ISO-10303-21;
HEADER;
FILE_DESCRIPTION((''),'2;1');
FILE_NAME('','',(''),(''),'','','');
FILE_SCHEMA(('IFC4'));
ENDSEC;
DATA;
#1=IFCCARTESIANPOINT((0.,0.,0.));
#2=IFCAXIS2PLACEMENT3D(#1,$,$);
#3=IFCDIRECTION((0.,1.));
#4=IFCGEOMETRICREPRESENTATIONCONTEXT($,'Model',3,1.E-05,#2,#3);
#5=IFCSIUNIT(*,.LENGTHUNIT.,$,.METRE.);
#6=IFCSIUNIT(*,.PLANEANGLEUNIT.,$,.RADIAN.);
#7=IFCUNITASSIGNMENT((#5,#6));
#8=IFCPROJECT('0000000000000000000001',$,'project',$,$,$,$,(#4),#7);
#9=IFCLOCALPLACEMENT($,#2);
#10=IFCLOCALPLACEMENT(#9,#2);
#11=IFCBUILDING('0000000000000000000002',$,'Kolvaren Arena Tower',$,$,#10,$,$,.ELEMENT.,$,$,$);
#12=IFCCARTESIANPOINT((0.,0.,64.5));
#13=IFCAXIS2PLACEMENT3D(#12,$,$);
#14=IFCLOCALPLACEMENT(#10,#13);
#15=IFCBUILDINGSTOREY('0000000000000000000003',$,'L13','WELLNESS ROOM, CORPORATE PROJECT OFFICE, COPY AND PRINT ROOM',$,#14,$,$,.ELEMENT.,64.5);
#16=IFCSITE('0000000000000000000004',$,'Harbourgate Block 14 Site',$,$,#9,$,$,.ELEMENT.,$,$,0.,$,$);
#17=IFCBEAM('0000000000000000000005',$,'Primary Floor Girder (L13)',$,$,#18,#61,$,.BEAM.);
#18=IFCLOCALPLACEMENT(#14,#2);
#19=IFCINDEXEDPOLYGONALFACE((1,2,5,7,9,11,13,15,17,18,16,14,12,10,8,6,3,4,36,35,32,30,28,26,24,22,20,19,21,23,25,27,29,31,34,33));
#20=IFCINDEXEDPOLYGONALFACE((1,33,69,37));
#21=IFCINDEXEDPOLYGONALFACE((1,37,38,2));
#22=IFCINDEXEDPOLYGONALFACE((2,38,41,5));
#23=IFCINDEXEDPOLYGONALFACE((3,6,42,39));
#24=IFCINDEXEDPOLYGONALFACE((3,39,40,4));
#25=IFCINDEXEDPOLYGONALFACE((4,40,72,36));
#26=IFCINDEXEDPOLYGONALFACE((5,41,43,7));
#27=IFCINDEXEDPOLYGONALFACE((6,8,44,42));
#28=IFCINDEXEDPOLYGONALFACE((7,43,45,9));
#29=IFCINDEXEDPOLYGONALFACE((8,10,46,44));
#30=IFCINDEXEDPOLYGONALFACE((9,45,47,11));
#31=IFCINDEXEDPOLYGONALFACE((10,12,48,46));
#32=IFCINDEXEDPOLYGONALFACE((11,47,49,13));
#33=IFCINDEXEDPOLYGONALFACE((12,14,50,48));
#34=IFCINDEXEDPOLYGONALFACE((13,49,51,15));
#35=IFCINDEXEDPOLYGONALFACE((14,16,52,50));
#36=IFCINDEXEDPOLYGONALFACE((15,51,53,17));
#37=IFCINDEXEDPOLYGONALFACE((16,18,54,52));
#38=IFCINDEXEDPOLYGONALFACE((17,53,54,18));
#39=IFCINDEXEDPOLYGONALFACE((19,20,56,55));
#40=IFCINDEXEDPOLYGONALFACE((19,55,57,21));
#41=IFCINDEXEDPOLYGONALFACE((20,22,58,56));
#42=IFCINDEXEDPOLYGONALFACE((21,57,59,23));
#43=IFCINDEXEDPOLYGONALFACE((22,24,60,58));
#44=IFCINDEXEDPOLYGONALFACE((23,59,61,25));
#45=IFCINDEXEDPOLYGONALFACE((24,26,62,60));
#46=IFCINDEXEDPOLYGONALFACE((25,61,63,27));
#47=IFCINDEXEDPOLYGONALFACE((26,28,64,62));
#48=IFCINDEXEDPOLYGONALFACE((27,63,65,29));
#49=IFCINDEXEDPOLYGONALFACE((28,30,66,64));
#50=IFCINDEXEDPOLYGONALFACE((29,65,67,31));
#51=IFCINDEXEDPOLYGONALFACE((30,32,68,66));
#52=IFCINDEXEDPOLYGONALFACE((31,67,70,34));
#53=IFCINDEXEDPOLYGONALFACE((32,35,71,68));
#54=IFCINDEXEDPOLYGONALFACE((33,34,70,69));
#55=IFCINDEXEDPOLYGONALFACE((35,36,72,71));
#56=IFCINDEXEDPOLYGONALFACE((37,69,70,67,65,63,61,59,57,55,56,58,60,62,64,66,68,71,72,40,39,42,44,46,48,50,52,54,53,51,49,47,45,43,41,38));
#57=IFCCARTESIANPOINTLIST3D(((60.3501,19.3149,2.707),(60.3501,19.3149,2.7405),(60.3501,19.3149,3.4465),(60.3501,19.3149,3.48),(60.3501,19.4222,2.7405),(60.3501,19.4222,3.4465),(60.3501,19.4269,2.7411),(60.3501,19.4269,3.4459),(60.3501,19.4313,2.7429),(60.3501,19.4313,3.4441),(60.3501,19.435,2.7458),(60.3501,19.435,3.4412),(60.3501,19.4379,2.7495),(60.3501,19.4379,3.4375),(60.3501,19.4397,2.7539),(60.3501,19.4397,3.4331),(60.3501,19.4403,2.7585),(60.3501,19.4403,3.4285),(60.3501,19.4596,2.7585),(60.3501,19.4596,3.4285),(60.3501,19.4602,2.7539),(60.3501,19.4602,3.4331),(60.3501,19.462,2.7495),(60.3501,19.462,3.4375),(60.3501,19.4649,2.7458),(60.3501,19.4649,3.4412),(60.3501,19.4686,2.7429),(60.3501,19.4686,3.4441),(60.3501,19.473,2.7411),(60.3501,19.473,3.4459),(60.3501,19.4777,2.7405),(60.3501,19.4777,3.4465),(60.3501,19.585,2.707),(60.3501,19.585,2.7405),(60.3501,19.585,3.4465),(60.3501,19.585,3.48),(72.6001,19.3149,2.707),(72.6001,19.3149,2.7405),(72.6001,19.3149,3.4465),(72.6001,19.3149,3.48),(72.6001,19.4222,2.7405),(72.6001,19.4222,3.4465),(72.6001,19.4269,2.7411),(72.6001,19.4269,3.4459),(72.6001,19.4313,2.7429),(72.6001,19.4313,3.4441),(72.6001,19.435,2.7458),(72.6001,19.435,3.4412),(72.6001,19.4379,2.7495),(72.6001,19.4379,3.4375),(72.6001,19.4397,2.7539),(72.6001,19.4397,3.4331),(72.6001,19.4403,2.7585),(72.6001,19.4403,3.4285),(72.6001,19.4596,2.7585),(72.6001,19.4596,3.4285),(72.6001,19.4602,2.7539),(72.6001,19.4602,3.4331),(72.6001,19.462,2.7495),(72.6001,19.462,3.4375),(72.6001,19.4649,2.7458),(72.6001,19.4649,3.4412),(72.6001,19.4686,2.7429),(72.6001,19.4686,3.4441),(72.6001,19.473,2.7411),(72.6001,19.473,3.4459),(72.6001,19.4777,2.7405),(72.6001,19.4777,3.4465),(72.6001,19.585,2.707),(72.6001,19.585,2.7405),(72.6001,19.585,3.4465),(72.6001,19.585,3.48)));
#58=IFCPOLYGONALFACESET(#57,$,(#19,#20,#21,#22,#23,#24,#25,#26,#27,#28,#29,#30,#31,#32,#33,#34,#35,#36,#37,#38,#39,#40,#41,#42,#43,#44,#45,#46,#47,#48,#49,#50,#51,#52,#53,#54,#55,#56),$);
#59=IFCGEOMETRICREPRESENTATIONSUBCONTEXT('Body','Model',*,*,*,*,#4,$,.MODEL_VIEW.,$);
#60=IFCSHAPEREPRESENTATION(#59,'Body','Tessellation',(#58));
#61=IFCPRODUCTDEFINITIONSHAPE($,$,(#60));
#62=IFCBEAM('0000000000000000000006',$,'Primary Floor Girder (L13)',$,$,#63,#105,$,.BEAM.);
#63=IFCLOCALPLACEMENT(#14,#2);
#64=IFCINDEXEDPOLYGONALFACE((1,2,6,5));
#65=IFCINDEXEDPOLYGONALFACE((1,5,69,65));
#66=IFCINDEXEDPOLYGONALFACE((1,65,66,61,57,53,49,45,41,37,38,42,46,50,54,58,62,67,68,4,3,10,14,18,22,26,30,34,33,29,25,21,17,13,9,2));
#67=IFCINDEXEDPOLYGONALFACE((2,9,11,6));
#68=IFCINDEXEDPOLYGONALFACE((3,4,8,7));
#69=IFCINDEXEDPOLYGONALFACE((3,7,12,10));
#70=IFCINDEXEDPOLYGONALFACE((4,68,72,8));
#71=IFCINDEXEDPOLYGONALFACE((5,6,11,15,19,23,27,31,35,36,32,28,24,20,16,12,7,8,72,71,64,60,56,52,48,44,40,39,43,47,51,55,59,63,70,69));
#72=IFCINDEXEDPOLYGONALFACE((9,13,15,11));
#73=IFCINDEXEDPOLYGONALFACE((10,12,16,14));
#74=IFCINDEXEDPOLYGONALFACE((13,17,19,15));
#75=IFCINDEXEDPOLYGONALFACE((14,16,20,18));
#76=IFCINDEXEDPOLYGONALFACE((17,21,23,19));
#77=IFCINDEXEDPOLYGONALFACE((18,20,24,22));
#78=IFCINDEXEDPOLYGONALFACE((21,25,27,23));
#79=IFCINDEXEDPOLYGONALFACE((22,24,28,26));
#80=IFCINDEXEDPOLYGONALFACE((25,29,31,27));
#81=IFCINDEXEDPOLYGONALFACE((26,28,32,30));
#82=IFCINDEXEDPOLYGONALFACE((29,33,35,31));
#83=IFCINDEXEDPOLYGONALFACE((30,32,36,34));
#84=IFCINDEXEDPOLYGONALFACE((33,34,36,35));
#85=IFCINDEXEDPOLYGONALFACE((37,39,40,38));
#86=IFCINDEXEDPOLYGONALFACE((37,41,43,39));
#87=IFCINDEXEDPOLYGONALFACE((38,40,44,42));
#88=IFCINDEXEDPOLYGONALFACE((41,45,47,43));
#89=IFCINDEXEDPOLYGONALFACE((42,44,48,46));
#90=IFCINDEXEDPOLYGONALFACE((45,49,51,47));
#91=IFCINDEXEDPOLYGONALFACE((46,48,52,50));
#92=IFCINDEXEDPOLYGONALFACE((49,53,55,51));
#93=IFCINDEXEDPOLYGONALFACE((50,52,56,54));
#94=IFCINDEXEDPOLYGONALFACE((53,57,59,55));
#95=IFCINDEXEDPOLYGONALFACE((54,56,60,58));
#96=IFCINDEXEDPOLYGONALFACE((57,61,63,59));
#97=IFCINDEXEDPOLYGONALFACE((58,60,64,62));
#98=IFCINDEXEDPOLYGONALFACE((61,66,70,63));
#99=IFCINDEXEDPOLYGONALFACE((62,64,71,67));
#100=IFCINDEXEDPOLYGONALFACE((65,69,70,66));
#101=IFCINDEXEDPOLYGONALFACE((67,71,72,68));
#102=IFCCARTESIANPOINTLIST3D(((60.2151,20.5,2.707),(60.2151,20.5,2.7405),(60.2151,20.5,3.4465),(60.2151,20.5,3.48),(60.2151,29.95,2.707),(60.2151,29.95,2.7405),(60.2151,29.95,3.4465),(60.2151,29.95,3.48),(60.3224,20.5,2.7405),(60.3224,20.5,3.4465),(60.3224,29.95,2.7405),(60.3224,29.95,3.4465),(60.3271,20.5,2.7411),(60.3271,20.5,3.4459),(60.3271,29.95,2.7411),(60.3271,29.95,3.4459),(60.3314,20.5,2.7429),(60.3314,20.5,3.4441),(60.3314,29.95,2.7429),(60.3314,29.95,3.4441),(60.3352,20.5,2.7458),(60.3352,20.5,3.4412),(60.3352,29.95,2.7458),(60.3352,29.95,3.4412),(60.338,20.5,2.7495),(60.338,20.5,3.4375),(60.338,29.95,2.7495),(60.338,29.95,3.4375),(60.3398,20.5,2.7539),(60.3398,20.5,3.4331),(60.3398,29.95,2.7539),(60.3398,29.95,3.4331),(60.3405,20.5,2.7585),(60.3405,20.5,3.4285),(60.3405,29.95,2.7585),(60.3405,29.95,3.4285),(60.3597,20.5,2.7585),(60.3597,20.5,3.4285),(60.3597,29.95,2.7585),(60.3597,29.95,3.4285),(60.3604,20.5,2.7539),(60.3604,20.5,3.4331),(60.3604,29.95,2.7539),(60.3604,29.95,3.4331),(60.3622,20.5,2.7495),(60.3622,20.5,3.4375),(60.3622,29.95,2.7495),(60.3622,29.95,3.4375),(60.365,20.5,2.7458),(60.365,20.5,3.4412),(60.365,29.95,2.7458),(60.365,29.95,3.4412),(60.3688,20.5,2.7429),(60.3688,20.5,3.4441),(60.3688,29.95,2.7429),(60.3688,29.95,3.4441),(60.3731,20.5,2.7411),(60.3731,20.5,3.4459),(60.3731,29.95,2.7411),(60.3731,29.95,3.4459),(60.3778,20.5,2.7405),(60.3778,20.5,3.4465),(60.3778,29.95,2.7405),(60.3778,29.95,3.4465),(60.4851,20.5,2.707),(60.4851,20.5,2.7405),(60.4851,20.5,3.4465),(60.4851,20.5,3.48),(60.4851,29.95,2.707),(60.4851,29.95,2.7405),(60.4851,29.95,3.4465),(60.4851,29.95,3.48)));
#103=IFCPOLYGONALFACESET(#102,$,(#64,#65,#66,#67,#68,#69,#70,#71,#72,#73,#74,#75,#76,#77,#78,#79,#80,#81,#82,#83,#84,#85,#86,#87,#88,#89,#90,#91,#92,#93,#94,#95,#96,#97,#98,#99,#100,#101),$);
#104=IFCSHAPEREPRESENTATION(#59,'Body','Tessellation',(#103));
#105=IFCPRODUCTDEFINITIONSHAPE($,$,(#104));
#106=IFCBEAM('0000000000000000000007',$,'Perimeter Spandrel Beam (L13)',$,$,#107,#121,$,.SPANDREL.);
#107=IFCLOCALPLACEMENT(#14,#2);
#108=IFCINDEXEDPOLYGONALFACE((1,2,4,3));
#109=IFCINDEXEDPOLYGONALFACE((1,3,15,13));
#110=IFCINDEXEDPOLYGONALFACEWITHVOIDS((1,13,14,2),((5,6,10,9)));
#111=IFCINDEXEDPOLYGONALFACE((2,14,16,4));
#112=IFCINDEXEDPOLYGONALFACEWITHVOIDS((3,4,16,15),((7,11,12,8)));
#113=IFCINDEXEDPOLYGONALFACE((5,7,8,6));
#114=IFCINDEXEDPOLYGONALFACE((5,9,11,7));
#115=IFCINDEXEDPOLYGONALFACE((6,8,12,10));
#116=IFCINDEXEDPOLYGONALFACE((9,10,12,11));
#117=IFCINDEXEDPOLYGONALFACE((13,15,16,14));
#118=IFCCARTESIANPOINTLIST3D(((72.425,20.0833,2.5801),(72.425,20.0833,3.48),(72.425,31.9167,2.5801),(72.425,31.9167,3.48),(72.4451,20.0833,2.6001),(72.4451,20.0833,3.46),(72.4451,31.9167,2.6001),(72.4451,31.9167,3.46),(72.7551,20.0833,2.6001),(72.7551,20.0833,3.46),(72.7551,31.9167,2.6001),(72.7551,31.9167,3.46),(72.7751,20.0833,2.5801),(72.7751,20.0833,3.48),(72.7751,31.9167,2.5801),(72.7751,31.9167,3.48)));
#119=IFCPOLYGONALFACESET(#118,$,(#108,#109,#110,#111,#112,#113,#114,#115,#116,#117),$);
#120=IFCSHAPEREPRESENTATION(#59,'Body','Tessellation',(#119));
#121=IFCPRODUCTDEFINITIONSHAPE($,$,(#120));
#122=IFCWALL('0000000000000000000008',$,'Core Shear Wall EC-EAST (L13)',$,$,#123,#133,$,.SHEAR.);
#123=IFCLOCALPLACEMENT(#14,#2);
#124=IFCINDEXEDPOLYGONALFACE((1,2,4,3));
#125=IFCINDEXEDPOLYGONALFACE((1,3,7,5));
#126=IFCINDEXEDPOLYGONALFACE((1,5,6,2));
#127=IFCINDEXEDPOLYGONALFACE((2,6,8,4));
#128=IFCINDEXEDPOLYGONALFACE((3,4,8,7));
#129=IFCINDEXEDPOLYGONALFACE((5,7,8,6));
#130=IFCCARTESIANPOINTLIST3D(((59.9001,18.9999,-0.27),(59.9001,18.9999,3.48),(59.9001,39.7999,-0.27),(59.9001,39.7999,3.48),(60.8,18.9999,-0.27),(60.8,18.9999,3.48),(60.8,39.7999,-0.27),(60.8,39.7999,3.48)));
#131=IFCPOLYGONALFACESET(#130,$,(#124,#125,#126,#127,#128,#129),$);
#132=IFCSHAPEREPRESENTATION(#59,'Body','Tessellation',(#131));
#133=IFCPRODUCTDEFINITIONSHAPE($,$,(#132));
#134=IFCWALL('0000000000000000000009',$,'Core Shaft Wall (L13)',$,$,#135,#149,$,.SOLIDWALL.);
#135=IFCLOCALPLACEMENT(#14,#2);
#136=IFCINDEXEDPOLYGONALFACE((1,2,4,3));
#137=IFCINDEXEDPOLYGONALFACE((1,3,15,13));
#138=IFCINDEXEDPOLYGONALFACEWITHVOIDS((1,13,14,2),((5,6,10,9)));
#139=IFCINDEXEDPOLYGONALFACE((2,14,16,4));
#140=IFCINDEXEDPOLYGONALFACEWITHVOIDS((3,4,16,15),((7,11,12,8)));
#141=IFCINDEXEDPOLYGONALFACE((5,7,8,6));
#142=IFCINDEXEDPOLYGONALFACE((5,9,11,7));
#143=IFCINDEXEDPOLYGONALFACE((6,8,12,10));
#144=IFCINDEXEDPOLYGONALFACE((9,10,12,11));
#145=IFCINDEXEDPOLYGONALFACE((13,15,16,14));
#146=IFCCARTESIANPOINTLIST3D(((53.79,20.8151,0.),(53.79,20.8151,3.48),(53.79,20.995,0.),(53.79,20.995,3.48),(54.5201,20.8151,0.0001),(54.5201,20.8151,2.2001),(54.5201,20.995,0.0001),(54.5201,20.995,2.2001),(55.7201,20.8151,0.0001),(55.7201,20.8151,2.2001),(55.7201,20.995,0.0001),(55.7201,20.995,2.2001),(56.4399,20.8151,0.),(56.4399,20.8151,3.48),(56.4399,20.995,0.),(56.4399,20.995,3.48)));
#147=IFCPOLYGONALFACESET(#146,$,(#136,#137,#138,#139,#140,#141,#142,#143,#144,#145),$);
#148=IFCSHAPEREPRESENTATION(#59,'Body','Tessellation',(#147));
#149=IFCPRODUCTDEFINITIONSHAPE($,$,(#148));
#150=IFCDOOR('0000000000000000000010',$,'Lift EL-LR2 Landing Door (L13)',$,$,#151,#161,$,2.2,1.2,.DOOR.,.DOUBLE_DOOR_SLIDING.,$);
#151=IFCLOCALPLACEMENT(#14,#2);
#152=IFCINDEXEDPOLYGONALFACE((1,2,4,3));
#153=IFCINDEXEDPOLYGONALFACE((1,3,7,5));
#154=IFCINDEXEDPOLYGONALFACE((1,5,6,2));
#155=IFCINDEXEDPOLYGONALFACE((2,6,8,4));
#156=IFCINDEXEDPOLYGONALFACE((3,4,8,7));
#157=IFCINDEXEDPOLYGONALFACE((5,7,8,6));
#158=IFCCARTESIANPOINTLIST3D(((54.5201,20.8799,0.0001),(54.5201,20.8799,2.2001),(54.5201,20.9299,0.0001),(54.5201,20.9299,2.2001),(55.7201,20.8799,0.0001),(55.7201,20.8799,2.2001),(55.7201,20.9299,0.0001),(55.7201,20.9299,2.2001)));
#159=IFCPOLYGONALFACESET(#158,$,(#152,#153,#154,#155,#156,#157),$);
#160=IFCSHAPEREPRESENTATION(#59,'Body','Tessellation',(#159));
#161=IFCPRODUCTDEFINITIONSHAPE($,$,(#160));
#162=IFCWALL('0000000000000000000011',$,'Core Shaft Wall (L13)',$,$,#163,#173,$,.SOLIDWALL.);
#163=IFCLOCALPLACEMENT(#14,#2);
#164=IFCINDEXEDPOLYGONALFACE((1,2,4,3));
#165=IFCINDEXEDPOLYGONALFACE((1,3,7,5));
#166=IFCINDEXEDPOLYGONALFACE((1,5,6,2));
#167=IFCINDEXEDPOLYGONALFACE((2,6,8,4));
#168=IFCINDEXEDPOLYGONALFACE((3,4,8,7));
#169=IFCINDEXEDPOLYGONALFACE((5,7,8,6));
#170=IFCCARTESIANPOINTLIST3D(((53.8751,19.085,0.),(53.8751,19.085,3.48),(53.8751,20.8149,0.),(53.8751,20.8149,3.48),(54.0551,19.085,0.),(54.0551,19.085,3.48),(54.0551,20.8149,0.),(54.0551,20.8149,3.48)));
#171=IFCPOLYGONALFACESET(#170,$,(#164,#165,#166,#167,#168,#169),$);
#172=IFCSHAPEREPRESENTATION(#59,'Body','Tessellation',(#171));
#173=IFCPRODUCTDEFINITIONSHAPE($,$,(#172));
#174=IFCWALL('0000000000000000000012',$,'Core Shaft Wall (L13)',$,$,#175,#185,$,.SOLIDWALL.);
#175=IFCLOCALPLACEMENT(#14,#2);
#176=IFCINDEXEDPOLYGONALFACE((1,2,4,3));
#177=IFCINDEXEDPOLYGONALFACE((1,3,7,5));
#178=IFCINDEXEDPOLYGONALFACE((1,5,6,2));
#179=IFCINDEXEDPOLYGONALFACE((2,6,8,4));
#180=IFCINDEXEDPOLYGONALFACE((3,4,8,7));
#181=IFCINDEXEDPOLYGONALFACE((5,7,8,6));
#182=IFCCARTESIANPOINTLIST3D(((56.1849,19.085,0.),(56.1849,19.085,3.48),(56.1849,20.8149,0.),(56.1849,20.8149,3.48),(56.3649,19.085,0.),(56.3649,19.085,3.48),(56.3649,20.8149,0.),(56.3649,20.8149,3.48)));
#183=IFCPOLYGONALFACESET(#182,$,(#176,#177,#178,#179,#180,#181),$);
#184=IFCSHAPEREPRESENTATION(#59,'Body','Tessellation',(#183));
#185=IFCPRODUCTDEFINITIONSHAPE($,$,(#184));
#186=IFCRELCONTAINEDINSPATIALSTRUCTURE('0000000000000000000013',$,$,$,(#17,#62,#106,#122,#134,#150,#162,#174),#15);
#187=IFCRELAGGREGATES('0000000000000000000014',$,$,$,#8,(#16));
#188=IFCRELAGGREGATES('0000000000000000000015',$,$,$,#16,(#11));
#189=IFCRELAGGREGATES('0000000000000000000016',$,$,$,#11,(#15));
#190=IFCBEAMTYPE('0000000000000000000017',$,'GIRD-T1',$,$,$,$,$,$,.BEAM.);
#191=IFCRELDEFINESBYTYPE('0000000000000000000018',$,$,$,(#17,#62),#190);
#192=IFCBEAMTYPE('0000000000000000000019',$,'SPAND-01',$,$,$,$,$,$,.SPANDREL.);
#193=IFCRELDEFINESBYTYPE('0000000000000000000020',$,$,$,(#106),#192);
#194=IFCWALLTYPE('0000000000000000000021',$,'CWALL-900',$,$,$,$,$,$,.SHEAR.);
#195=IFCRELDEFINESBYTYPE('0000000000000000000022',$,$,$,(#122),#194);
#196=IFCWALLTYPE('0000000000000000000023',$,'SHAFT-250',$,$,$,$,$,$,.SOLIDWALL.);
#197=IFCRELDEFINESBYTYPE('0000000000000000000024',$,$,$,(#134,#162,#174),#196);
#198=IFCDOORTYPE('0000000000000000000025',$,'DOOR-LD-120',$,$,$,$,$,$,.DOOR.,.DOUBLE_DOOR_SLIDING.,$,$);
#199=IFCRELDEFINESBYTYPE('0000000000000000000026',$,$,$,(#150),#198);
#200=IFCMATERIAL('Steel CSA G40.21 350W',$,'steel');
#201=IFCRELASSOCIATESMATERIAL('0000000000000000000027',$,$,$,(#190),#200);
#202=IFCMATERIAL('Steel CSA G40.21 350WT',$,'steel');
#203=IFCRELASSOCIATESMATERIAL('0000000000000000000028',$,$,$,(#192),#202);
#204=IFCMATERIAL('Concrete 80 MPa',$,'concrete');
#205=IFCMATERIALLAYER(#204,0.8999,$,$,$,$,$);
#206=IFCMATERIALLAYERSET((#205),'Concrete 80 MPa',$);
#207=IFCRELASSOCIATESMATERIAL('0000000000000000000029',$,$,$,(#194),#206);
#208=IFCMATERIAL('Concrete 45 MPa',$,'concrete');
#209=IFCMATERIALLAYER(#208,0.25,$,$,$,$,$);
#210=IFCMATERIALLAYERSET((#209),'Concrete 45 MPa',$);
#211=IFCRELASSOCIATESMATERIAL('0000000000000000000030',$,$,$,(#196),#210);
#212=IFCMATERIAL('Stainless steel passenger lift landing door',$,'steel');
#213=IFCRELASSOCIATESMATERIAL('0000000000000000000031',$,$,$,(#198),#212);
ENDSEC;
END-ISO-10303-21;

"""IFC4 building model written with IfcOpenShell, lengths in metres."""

from ifc_helpers import new_model, si_unit, direction, frame, frame_2d, origin, origin_2d, place, context, subcontext, project, spatial, rectangle, hollow_rectangle, i_section, extrude, material, layer, layer_set, material_profile, profile_set, type_object, element, fill, save


model = new_model("IFC4")

# Units and contexts
model_context = context("Model", 3, precision=1e-05, world=origin(), true_north=direction((0.0, 1.0)))
body_context = subcontext(model_context, "Body", "Model", "MODEL_VIEW")
ifc_project = project(units=[si_unit("LENGTHUNIT", "METRE"), si_unit("PLANEANGLEUNIT", "RADIAN")], contexts=[model_context])

# Site, building, storey
site_placement = place(None, origin())
site = spatial("IfcSite", under=ifc_project, at=site_placement, Name="Harbourgate Block 14 Site", CompositionType="ELEMENT", RefElevation=0.0)
building_placement = place(site_placement, origin())
building = spatial("IfcBuilding", under=site, at=building_placement, Name="Kolvaren Arena Tower", CompositionType="ELEMENT")
storey_placement = place(building_placement, frame((0.0, 0.0, 64.5)))
storey = spatial("IfcBuildingStorey", under=building, at=storey_placement, Name="L13", Description="WELLNESS ROOM, CORPORATE PROJECT OFFICE, COPY AND PRINT ROOM", CompositionType="ELEMENT", Elevation=64.5)

# Beams
ifc_material_1 = material(Name="Steel CSA G40.21 350W", Category="steel")
ifc_material_profile_1 = material_profile(ifc_material_1, i_section(OverallWidth=0.27, OverallDepth=0.7729, WebThickness=0.0193, FlangeThickness=0.0334, FilletRadius=0.0181, at=origin_2d()), Name="W760x257")
ifc_profile_set_1 = profile_set([ifc_material_profile_1], Name="Steel CSA G40.21 350W")
beam_type_1 = type_object("IfcBeamType", Name="GIRD-T1", PredefinedType="BEAM", material=ifc_profile_set_1)
beam_1_placement = place(storey_placement, frame((60.3501, 19.45, 3.0935), z_axis=(1.0, 0.0, 0.0), x_axis=(0.0, 1.0, 0.0)))
element("IfcBeam", 1, at=beam_1_placement, inside=storey, type_object=beam_type_1, Name="Primary Floor Girder (L13)", PredefinedType="BEAM", context=body_context, shape_type="SweptSolid", body=[
    extrude(i_section(OverallWidth=0.27, OverallDepth=0.7729, WebThickness=0.0193, FlangeThickness=0.0334, FilletRadius=0.0181, at=origin_2d()), origin(), (0.0, 0.0, 1.0), 12.25),
])
beam_2_placement = place(storey_placement, frame((60.3501, 20.5, 3.0935), z_axis=(0.0, 1.0, 0.0), x_axis=(-1.0, 0.0, 0.0)))
element("IfcBeam", 2, at=beam_2_placement, inside=storey, type_object=beam_type_1, Name="Primary Floor Girder (L13)", PredefinedType="BEAM", context=body_context, shape_type="SweptSolid", body=[
    extrude(i_section(OverallWidth=0.27, OverallDepth=0.7729, WebThickness=0.0193, FlangeThickness=0.0334, FilletRadius=0.0181, at=origin_2d()), origin(), (0.0, 0.0, 1.0), 9.45),
])
ifc_material_2 = material(Name="Steel CSA G40.21 350WT", Category="steel")
ifc_material_profile_2 = material_profile(ifc_material_2, hollow_rectangle(XDim=0.3501, YDim=0.8999, WallThickness=0.02, at=origin_2d()), Name="HSS 900x350x20")
ifc_profile_set_2 = profile_set([ifc_material_profile_2], Name="Steel CSA G40.21 350WT")
beam_type_2 = type_object("IfcBeamType", Name="SPAND-01", PredefinedType="SPANDREL", material=ifc_profile_set_2)
beam_3_placement = place(storey_placement, frame((72.6001, 20.0833, 3.03), z_axis=(0.0, 1.0, 0.0), x_axis=(-1.0, 0.0, 0.0)))
element("IfcBeam", 3, at=beam_3_placement, inside=storey, type_object=beam_type_2, Name="Perimeter Spandrel Beam (L13)", PredefinedType="SPANDREL", context=body_context, shape_type="SweptSolid", body=[
    extrude(hollow_rectangle(XDim=0.3501, YDim=0.8999, WallThickness=0.02, at=origin_2d()), origin(), (0.0, 0.0, 1.0), 11.8335),
])

# Wall
ifc_material_3 = material(Name="Concrete 80 MPa", Category="concrete")
ifc_layer_1 = layer(ifc_material_3, 0.8999)
ifc_layer_set_1 = layer_set([ifc_layer_1], Name="Concrete 80 MPa")
wall_type_1 = type_object("IfcWallType", Name="CWALL-900", PredefinedType="SHEAR", material=ifc_layer_set_1)
wall_1_placement = place(storey_placement, frame((60.3501, 19.0, -0.27), z_axis=(0.0, 0.0, 1.0), x_axis=(0.0, 1.0, 0.0)))
element("IfcWall", 4, at=wall_1_placement, inside=storey, type_object=wall_type_1, Name="Core Shear Wall EC-EAST (L13)", PredefinedType="SHEAR", context=body_context, shape_type="SweptSolid", body=[
    extrude(rectangle(XDim=20.8, YDim=0.8999, at=frame_2d((10.3999, 0.0))), origin(), (0.0, 0.0, 1.0), 3.75),
])

# Wall, opening, door
ifc_material_4 = material(Name="Concrete 45 MPa", Category="concrete")
ifc_layer_2 = layer(ifc_material_4, 0.25)
ifc_layer_set_2 = layer_set([ifc_layer_2], Name="Concrete 45 MPa")
wall_type_2 = type_object("IfcWallType", Name="SHAFT-250", PredefinedType="SOLIDWALL", material=ifc_layer_set_2)
wall_2_placement = place(storey_placement, frame((53.79, 20.905, 0.0), z_axis=(0.0, 0.0, 1.0), x_axis=(1.0, 0.0, 0.0)))
wall_2 = element("IfcWall", 5, at=wall_2_placement, inside=storey, type_object=wall_type_2, Name="Core Shaft Wall (L13)", PredefinedType="SOLIDWALL", context=body_context, shape_type="SweptSolid", body=[
    extrude(rectangle(XDim=2.6499, YDim=0.1799, at=frame_2d((1.325, 0.0))), origin(), (0.0, 0.0, 1.0), 3.48),
])
opening_1_placement = place(wall_2_placement, frame((0.73, 0.0, 0.0)))
opening_1 = element("IfcOpeningElement", 6, at=opening_1_placement, cuts=wall_2, PredefinedType="OPENING", context=body_context, shape_type="SweptSolid", body=[
    extrude(rectangle(XDim=1.2, YDim=2.2, at=frame_2d((0.6001, 1.1001))), frame((0.0, 0.0999, 0.0), z_axis=(0.0, -1.0, 0.0), x_axis=(1.0, 0.0, 0.0)), (0.0, 0.0, 1.0), 0.2),
])
ifc_material_5 = material(Name="Stainless steel passenger lift landing door", Category="steel")
door_type = type_object("IfcDoorType", Name="DOOR-LD-120", OperationType="DOUBLE_DOOR_SLIDING", PredefinedType="DOOR", material=ifc_material_5)
door_1_placement = place(opening_1_placement, origin())
door_1 = element("IfcDoor", 7, at=door_1_placement, inside=storey, type_object=door_type, Name="Lift EL-LR2 Landing Door (L13)", OperationType="DOUBLE_DOOR_SLIDING", OverallHeight=2.2, OverallWidth=1.2, PredefinedType="DOOR", context=body_context, shape_type="SweptSolid", body=[
    extrude(rectangle(XDim=1.2, YDim=2.2, at=frame_2d((0.6001, 1.1001))), frame((0.0, 0.0249, 0.0), z_axis=(0.0, -1.0, 0.0), x_axis=(1.0, 0.0, 0.0)), (0.0, 0.0, 1.0), 0.05),
])
fill(opening_1, door_1)

# Walls
for number, where, z_axis, x_axis, name in (
    (8, (53.9651, 19.085, 0.0), (0.0, 0.0, 1.0), (0.0, 1.0, 0.0), "Core Shaft Wall (L13)"),
    (9, (56.2749, 19.085, 0.0), (0.0, 0.0, 1.0), (0.0, 1.0, 0.0), "Core Shaft Wall (L13)"),
):
    element("IfcWall", number, at=place(storey_placement, frame(where, z_axis=z_axis, x_axis=x_axis)), inside=storey, type_object=wall_type_2, Name=name, PredefinedType="SOLIDWALL", context=body_context, shape_type="SweptSolid", body=[
        extrude(rectangle(XDim=1.73, YDim=0.1799, at=frame_2d((0.865, 0.0))), origin(), (0.0, 0.0, 1.0), 3.48),
    ])

save(model, "model.ifc")
